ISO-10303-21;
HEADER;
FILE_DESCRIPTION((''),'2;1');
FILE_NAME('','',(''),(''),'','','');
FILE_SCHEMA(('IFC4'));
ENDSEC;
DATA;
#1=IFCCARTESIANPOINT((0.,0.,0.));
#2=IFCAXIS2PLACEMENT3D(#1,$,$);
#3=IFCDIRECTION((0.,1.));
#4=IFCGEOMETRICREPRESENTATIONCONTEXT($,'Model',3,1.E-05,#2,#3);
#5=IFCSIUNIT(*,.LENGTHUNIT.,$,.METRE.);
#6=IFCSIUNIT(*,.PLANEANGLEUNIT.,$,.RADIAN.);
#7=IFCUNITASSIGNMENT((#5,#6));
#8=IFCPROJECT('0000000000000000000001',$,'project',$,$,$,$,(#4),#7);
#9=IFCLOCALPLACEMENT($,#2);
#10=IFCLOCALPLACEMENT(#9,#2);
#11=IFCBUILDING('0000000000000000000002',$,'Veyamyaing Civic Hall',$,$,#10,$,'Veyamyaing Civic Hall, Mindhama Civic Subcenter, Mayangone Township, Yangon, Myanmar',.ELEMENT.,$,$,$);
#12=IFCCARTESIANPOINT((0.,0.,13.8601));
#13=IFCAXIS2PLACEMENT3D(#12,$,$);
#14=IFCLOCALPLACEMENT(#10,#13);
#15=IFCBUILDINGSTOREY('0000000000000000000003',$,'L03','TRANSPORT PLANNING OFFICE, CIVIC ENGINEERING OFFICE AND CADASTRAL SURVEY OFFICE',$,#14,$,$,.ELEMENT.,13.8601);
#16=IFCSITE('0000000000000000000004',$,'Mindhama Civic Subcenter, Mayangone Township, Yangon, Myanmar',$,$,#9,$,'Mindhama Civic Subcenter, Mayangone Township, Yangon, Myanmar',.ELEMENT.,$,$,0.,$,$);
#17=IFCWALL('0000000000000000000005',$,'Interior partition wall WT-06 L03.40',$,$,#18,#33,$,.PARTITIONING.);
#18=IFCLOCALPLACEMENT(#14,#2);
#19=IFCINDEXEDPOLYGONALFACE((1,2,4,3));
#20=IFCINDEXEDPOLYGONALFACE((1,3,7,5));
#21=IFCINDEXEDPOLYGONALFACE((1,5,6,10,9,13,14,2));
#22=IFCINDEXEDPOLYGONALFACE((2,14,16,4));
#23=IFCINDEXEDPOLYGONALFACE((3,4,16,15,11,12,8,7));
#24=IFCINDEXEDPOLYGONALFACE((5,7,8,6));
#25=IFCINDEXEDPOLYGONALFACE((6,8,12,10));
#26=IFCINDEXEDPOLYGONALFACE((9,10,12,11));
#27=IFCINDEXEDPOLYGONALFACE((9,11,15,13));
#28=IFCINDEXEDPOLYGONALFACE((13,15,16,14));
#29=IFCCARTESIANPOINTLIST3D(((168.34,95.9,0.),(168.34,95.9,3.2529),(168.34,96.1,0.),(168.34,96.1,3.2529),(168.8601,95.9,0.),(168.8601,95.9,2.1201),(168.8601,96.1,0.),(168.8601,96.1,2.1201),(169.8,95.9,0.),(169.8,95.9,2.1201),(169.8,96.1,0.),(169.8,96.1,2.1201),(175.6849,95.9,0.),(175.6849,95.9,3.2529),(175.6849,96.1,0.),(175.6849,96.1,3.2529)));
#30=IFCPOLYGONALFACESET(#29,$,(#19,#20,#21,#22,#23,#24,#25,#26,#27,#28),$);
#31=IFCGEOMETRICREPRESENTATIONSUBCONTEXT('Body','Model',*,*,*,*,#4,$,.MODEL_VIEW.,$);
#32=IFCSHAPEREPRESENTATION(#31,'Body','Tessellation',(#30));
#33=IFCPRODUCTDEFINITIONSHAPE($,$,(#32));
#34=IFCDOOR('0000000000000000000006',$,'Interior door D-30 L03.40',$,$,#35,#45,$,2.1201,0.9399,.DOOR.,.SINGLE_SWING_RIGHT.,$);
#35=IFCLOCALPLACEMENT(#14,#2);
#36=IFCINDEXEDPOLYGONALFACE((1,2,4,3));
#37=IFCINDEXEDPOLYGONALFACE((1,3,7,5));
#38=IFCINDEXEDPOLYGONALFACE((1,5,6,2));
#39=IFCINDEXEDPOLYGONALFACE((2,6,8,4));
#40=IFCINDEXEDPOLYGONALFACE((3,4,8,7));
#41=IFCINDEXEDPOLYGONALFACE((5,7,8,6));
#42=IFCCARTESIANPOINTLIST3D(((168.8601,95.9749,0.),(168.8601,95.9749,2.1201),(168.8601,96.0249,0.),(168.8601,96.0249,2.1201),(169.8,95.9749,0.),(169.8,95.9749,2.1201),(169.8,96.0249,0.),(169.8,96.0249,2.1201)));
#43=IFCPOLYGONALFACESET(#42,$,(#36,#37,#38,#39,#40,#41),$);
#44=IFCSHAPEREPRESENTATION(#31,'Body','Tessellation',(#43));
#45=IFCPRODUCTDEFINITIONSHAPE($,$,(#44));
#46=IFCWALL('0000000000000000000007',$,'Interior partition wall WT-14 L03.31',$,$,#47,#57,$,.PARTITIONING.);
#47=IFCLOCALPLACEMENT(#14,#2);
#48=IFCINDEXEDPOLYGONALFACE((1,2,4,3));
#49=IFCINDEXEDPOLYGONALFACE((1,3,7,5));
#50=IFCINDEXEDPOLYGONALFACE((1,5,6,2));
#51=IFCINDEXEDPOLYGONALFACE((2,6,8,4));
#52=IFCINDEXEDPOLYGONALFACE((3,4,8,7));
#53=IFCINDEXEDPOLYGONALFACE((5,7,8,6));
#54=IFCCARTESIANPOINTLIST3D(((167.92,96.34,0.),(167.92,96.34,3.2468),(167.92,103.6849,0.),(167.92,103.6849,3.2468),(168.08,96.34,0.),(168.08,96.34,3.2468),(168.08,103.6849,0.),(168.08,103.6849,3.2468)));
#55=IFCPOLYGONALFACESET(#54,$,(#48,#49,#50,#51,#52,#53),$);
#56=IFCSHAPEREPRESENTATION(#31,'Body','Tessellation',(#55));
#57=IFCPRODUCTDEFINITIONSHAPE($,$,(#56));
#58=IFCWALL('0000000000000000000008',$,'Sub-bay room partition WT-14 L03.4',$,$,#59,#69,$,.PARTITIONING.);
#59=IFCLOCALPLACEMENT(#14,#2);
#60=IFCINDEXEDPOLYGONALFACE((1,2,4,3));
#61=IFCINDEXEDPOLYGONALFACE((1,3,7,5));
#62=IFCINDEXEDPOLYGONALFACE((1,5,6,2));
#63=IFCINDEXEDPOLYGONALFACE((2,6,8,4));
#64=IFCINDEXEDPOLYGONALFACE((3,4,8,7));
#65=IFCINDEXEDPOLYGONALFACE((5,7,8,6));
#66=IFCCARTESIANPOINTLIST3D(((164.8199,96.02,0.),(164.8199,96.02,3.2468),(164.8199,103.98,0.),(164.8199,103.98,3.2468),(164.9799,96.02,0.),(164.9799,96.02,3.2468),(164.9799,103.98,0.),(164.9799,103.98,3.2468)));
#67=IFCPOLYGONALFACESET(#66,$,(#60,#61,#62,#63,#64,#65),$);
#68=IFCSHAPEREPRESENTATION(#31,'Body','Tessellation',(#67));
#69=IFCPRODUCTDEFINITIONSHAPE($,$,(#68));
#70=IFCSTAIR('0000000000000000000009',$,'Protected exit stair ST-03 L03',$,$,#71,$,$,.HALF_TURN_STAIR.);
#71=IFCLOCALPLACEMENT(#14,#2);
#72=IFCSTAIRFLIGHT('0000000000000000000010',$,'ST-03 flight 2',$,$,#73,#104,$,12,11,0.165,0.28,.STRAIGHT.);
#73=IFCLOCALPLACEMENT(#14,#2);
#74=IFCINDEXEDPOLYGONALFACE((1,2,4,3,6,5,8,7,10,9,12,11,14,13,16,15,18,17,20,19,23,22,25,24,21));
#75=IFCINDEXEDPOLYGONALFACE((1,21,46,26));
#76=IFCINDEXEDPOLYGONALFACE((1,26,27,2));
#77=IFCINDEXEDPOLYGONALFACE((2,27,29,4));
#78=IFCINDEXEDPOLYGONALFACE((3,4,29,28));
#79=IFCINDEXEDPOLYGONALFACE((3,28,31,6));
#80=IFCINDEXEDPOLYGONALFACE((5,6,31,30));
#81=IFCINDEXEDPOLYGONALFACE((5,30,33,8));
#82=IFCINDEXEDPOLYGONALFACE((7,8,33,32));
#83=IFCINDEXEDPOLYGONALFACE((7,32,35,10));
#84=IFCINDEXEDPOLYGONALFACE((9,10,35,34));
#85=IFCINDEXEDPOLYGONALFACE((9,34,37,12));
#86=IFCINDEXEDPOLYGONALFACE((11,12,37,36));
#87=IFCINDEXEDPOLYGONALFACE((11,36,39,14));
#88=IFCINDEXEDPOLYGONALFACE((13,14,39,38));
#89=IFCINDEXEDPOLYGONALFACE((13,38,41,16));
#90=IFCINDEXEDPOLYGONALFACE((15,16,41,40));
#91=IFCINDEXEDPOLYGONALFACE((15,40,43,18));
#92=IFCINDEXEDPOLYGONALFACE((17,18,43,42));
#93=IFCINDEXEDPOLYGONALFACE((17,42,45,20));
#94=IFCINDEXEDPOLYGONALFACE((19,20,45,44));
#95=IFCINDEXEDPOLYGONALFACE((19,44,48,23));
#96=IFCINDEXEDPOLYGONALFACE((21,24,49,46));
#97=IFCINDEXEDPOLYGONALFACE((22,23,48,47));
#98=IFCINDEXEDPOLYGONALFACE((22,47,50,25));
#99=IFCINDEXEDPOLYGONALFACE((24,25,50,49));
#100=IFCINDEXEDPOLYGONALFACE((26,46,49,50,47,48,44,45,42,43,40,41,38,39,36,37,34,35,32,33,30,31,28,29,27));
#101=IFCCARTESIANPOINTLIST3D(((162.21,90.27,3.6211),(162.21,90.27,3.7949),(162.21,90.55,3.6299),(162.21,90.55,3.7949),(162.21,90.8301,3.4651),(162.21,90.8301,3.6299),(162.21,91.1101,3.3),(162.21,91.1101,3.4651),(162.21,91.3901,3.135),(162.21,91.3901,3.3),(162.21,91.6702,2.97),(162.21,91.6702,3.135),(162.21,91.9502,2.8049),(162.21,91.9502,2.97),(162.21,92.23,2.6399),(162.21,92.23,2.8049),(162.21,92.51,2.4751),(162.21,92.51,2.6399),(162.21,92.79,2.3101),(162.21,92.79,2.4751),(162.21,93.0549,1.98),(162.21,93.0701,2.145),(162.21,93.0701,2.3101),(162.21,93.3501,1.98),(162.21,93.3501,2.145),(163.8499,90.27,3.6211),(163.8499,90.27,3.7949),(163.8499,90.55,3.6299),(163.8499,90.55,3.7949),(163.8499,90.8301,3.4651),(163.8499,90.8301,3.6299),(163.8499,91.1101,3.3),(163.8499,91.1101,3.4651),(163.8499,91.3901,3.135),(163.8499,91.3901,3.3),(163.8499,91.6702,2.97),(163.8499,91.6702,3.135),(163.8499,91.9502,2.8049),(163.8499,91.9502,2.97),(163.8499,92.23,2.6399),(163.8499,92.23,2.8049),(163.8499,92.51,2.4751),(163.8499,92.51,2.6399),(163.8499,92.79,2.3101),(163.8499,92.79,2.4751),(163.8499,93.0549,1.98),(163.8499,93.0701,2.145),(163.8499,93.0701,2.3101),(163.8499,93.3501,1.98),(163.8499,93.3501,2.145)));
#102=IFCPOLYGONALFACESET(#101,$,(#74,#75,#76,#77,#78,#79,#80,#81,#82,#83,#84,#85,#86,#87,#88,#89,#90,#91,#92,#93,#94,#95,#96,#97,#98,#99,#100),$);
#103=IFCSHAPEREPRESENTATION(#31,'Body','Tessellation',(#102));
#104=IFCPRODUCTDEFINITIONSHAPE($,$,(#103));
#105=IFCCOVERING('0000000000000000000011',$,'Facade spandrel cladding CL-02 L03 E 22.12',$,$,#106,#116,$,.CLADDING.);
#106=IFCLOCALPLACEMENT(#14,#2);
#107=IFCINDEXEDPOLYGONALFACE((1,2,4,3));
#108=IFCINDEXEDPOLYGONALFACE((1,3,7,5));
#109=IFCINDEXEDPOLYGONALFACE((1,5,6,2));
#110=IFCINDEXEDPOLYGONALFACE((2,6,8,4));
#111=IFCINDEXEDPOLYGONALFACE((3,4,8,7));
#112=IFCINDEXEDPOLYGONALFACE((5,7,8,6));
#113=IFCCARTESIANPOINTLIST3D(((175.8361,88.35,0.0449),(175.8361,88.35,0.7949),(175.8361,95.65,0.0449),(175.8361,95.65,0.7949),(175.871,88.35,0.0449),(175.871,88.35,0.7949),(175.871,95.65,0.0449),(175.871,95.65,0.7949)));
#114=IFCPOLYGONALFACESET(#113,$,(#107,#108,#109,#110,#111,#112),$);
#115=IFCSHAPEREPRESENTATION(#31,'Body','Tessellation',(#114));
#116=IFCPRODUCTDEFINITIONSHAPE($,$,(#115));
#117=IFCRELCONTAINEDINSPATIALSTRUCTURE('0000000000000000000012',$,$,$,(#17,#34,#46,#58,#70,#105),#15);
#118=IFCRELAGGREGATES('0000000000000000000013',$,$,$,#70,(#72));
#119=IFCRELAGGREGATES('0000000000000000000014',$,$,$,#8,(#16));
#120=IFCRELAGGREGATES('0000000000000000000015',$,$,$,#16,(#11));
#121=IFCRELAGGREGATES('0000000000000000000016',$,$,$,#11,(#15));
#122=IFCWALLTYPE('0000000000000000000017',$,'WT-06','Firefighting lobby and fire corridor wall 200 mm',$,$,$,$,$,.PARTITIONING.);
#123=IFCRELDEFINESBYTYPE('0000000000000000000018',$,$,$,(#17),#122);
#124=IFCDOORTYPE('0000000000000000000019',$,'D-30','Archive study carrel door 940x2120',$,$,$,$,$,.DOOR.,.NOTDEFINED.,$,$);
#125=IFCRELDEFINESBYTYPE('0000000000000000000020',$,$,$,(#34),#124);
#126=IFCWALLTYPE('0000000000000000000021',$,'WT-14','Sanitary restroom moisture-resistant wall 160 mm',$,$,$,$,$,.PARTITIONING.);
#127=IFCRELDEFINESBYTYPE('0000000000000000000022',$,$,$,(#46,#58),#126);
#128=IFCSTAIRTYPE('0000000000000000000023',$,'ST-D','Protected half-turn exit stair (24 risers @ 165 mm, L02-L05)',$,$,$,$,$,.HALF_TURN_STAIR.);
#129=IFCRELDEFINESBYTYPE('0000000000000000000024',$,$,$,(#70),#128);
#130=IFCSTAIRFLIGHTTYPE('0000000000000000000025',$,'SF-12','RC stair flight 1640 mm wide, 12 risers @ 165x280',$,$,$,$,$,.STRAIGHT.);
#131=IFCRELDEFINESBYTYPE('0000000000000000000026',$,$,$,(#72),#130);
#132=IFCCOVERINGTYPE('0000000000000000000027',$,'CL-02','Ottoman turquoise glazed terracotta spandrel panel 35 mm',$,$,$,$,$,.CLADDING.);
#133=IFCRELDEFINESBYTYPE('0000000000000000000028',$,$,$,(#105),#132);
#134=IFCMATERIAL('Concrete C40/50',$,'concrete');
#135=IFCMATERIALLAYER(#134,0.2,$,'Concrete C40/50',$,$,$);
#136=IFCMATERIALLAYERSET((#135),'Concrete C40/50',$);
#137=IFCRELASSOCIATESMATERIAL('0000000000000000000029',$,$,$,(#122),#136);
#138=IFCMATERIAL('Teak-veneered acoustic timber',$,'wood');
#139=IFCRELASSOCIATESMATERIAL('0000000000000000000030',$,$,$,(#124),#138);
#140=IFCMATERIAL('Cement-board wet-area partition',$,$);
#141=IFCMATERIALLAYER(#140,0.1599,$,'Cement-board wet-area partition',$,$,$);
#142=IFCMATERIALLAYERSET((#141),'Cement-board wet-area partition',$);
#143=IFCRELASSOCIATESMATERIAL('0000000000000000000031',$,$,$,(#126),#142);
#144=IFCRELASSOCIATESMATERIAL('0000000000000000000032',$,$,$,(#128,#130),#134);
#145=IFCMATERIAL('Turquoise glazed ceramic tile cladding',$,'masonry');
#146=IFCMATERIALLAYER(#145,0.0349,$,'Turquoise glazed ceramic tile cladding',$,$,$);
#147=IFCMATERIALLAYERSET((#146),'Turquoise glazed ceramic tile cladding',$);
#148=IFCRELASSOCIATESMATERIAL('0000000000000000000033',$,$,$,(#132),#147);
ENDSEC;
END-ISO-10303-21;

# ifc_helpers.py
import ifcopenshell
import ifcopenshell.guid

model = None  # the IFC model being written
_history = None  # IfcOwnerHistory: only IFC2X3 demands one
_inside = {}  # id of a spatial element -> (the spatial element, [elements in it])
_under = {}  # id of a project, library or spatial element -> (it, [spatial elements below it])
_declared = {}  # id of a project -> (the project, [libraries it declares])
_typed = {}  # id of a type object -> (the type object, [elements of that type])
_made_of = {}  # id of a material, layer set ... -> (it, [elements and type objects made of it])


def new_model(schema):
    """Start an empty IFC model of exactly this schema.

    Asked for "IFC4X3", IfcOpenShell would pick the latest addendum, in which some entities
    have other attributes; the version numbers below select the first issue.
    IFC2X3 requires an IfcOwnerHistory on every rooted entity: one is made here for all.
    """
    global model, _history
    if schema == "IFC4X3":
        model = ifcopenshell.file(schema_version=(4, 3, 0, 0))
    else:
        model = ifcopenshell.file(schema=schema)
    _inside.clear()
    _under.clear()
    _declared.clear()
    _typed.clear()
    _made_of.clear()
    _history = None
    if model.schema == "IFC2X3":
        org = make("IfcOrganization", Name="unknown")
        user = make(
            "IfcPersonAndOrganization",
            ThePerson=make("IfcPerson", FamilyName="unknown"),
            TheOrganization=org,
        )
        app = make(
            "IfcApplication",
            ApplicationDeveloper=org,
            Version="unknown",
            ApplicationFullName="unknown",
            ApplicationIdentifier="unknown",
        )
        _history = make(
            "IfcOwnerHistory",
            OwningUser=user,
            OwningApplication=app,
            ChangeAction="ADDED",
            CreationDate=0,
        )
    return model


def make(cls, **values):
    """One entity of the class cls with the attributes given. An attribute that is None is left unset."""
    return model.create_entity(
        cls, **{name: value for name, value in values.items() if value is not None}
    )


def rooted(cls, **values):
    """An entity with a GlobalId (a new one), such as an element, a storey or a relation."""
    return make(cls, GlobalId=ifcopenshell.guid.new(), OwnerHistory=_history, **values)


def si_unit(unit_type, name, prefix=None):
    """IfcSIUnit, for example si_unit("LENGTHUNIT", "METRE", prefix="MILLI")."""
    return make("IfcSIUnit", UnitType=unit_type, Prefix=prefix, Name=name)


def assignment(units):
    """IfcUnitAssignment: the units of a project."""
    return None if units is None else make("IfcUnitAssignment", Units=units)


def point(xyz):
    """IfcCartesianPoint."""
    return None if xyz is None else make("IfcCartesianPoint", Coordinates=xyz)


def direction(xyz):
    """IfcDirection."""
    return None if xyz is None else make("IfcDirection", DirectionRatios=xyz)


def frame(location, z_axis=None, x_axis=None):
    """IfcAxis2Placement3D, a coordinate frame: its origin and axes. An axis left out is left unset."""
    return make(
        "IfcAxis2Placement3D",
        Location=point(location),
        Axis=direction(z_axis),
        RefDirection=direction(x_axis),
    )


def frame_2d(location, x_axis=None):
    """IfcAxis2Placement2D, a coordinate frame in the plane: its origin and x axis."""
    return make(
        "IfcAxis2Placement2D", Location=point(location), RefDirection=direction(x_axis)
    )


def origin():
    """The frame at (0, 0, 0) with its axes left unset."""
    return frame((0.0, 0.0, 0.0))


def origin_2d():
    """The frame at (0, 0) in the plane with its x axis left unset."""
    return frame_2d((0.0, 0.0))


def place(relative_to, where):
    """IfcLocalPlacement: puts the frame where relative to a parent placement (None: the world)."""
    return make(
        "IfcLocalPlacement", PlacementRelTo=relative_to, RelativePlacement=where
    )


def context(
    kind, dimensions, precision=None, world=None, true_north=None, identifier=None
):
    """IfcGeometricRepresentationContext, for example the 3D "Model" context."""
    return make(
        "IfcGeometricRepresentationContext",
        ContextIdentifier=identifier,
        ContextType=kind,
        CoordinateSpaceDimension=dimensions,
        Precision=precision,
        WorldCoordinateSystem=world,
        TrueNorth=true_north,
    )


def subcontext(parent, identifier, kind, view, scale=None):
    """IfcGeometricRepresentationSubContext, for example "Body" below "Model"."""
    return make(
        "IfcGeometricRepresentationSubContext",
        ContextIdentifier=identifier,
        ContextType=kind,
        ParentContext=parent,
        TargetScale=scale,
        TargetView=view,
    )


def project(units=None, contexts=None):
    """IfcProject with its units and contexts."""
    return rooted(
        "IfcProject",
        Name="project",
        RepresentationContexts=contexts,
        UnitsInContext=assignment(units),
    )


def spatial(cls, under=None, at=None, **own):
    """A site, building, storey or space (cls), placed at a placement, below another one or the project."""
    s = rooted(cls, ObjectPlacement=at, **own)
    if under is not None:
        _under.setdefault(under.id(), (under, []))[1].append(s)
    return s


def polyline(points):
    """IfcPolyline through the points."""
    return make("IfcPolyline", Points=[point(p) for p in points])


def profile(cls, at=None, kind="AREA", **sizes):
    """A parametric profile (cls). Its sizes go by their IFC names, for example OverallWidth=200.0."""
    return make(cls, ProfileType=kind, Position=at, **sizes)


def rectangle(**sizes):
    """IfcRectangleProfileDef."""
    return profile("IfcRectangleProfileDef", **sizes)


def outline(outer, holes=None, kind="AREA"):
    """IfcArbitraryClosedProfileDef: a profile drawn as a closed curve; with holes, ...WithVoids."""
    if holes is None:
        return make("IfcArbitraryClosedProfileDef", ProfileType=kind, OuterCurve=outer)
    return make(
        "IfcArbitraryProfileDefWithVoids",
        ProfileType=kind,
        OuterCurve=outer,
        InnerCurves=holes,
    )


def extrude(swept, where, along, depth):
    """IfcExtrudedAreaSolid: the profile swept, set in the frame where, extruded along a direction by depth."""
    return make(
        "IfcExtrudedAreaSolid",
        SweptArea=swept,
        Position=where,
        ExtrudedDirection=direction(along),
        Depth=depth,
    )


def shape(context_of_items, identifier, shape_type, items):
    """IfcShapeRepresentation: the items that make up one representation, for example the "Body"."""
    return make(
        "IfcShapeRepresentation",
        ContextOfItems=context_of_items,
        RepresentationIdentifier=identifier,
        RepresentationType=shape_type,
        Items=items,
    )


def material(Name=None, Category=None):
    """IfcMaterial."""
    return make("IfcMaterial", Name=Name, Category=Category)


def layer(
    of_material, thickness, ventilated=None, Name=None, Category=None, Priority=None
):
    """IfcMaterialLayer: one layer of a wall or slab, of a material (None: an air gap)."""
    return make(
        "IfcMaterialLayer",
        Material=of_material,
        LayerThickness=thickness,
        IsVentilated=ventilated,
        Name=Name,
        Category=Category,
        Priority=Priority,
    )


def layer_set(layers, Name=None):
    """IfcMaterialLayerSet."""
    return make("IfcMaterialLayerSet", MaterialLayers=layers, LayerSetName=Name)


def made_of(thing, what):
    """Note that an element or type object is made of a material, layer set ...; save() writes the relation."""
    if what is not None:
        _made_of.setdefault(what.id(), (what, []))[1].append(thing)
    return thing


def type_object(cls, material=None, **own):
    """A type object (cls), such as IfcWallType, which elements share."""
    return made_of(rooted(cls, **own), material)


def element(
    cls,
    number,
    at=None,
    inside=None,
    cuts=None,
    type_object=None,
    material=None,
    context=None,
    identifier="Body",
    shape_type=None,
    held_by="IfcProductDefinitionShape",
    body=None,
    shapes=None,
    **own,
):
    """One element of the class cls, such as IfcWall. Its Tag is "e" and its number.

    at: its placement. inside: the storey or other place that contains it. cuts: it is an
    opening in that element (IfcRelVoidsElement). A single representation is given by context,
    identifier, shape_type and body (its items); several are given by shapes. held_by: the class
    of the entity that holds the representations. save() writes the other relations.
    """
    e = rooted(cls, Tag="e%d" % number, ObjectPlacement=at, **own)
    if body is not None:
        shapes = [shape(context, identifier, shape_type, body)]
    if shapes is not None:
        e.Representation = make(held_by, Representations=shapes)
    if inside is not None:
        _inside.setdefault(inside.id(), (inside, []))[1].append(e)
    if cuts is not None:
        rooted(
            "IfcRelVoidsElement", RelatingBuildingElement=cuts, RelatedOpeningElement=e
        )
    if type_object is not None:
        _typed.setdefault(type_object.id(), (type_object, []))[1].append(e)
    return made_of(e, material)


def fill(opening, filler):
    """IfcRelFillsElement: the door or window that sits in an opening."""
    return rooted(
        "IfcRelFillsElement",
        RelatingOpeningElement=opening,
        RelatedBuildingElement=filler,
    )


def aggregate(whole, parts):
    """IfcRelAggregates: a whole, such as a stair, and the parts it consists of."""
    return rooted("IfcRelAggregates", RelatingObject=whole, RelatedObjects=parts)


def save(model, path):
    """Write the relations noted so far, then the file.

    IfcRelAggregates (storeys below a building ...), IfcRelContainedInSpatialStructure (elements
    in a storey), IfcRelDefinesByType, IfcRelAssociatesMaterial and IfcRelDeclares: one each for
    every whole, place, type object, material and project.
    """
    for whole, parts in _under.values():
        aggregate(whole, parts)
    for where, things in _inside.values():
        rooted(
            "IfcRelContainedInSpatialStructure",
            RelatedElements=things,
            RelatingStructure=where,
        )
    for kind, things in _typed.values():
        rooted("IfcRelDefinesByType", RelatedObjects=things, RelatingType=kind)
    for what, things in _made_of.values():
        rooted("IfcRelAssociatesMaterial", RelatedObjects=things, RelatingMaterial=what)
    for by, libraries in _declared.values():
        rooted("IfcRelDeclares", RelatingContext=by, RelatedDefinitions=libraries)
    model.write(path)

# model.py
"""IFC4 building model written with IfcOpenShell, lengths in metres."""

from ifc_helpers import new_model, si_unit, direction, frame, frame_2d, origin, origin_2d, place, context, subcontext, project, spatial, polyline, rectangle, outline, extrude, material, layer, layer_set, type_object, element, fill, aggregate, save


model = new_model("IFC4")

# Units and contexts
model_context = context("Model", 3, precision=1e-05, world=origin(), true_north=direction((0.0, 1.0)))
body_context = subcontext(model_context, "Body", "Model", "MODEL_VIEW")
ifc_project = project(units=[si_unit("LENGTHUNIT", "METRE"), si_unit("PLANEANGLEUNIT", "RADIAN")], contexts=[model_context])

# Site, building, storey
site_placement = place(None, origin())
site = spatial("IfcSite", under=ifc_project, at=site_placement, Name="Mindhama Civic Subcenter, Mayangone Township, Yangon, Myanmar", LongName="Mindhama Civic Subcenter, Mayangone Township, Yangon, Myanmar", CompositionType="ELEMENT", RefElevation=0.0)
building_placement = place(site_placement, origin())
building = spatial("IfcBuilding", under=site, at=building_placement, Name="Veyamyaing Civic Hall", LongName="Veyamyaing Civic Hall, Mindhama Civic Subcenter, Mayangone Township, Yangon, Myanmar", CompositionType="ELEMENT")
storey_placement = place(building_placement, frame((0.0, 0.0, 13.8601)))
storey = spatial("IfcBuildingStorey", under=building, at=storey_placement, Name="L03", Description="TRANSPORT PLANNING OFFICE, CIVIC ENGINEERING OFFICE AND CADASTRAL SURVEY OFFICE", CompositionType="ELEMENT", Elevation=13.8601)

# Wall, opening, door
ifc_material_1 = material(Name="Concrete C40/50", Category="concrete")
ifc_layer_1 = layer(ifc_material_1, 0.2, Name="Concrete C40/50")
ifc_layer_set_1 = layer_set([ifc_layer_1], Name="Concrete C40/50")
wall_type_1 = type_object("IfcWallType", Name="WT-06", Description="Firefighting lobby and fire corridor wall 200 mm", PredefinedType="PARTITIONING", material=ifc_layer_set_1)
wall_1_placement = place(storey_placement, frame((168.3401, 96.0, 0.0), z_axis=(0.0, 0.0, 1.0), x_axis=(1.0, 0.0, 0.0)))
wall_1 = element("IfcWall", 1, at=wall_1_placement, inside=storey, type_object=wall_type_1, Name="Interior partition wall WT-06 L03.40", PredefinedType="PARTITIONING", context=body_context, shape_type="SweptSolid", body=[
    extrude(rectangle(XDim=7.345, YDim=0.2, at=frame_2d((3.6724, 0.0))), origin(), (0.0, 0.0, 1.0), 3.2529),
])
opening_1_placement = place(wall_1_placement, frame((0.52, 0.0, 0.0)))
opening_1 = element("IfcOpeningElement", 2, at=opening_1_placement, cuts=wall_1, PredefinedType="OPENING", context=body_context, shape_type="SweptSolid", body=[
    extrude(rectangle(XDim=0.9399, YDim=2.1201, at=frame_2d((0.47, 1.0601))), frame((0.0, 0.1099, 0.0), z_axis=(0.0, -1.0, 0.0), x_axis=(1.0, 0.0, 0.0)), (0.0, 0.0, 1.0), 0.22),
])
ifc_material_2 = material(Name="Teak-veneered acoustic timber", Category="wood")
door_type_1 = type_object("IfcDoorType", Name="D-30", Description="Archive study carrel door 940x2120", OperationType="NOTDEFINED", PredefinedType="DOOR", material=ifc_material_2)
door_1_placement = place(opening_1_placement, origin())
door_1 = element("IfcDoor", 3, at=door_1_placement, inside=storey, type_object=door_type_1, Name="Interior door D-30 L03.40", OperationType="SINGLE_SWING_RIGHT", OverallHeight=2.1201, OverallWidth=0.9399, PredefinedType="DOOR", context=body_context, shape_type="SweptSolid", body=[
    extrude(rectangle(XDim=0.9399, YDim=2.1201, at=frame_2d((0.47, 1.0601))), frame((0.0, 0.0249, 0.0), z_axis=(0.0, -1.0, 0.0), x_axis=(1.0, 0.0, 0.0)), (0.0, 0.0, 1.0), 0.05),
])
fill(opening_1, door_1)

# Walls
ifc_material_3 = material(Name="Cement-board wet-area partition")
ifc_layer_2 = layer(ifc_material_3, 0.1599, Name="Cement-board wet-area partition")
ifc_layer_set_2 = layer_set([ifc_layer_2], Name="Cement-board wet-area partition")
wall_type_2 = type_object("IfcWallType", Name="WT-14", Description="Sanitary restroom moisture-resistant wall 160 mm", PredefinedType="PARTITIONING", material=ifc_layer_set_2)
wall_2_placement = place(storey_placement, frame((168.0, 96.3401, 0.0), z_axis=(0.0, 0.0, 1.0), x_axis=(0.0, 1.0, 0.0)))
element("IfcWall", 4, at=wall_2_placement, inside=storey, type_object=wall_type_2, Name="Interior partition wall WT-14 L03.31", PredefinedType="PARTITIONING", context=body_context, shape_type="SweptSolid", body=[
    extrude(rectangle(XDim=7.345, YDim=0.1599, at=frame_2d((3.6724, 0.0))), origin(), (0.0, 0.0, 1.0), 3.2468),
])
wall_3_placement = place(storey_placement, frame((164.8999, 96.02, 0.0), z_axis=(0.0, 0.0, 1.0), x_axis=(0.0, 1.0, 0.0)))
element("IfcWall", 5, at=wall_3_placement, inside=storey, type_object=wall_type_2, Name="Sub-bay room partition WT-14 L03.4", PredefinedType="PARTITIONING", context=body_context, shape_type="SweptSolid", body=[
    extrude(rectangle(XDim=7.96, YDim=0.1599, at=frame_2d((3.98, 0.0))), origin(), (0.0, 0.0, 1.0), 3.2468),
])

# Stair, stair flight
stair_type = type_object("IfcStairType", Name="ST-D", Description="Protected half-turn exit stair (24 risers @ 165 mm, L02-L05)", PredefinedType="HALF_TURN_STAIR", material=ifc_material_1)
stair_placement = place(storey_placement, origin())
stair = element("IfcStair", 6, at=stair_placement, inside=storey, type_object=stair_type, Name="Protected exit stair ST-03 L03", PredefinedType="HALF_TURN_STAIR")
stair_flight_type = type_object("IfcStairFlightType", Name="SF-12", Description="RC stair flight 1640 mm wide, 12 risers @ 165x280", PredefinedType="STRAIGHT", material=ifc_material_1)
stair_flight_placement = place(storey_placement, frame((163.03, 93.3501, 1.98), z_axis=(0.0, 0.0, 1.0), x_axis=(0.0, -1.0, 0.0)))
stair_flight = element("IfcStairFlight", 7, at=stair_flight_placement, type_object=stair_flight_type, Name="ST-03 flight 2", NumberOfRisers=12, NumberOfTreads=11, PredefinedType="STRAIGHT", RiserHeight=0.165, TreadLength=0.28, context=body_context, shape_type="SweptSolid", body=[
    extrude(outline(polyline([(0.0, 0.0), (0.0, 0.165), (0.28, 0.165), (0.28, 0.3301), (0.5601, 0.3301), (0.5601, 0.4951), (0.8401, 0.4951), (0.8401, 0.6599), (1.1201, 0.6599), (1.1201, 0.825), (1.3999, 0.825), (1.3999, 0.99), (1.6799, 0.99), (1.6799, 1.155), (1.96, 1.155), (1.96, 1.3201), (2.24, 1.3201), (2.24, 1.4851), (2.52, 1.4851), (2.52, 1.6499), (2.8, 1.6499), (2.8, 1.8149), (3.0801, 1.8149), (3.0801, 1.98), (3.0801, 1.6411), (0.2952, 0.0), (0.0, 0.0)])), frame((0.0, 0.8198, 0.0), z_axis=(0.0, -1.0, 0.0), x_axis=(1.0, 0.0, 0.0)), (0.0, 0.0, 1.0), 1.6399),
])
aggregate(stair, [stair_flight])

# Covering
ifc_material_4 = material(Name="Turquoise glazed ceramic tile cladding", Category="masonry")
ifc_layer_3 = layer(ifc_material_4, 0.0349, Name="Turquoise glazed ceramic tile cladding")
ifc_layer_set_3 = layer_set([ifc_layer_3], Name="Turquoise glazed ceramic tile cladding")
covering_type = type_object("IfcCoveringType", Name="CL-02", Description="Ottoman turquoise glazed terracotta spandrel panel 35 mm", PredefinedType="CLADDING", material=ifc_layer_set_3)
covering_placement = place(storey_placement, frame((175.8535, 92.0, 0.0449), z_axis=(0.0, 0.0, 1.0), x_axis=(0.0, 1.0, 0.0)))
element("IfcCovering", 8, at=covering_placement, inside=storey, type_object=covering_type, Name="Facade spandrel cladding CL-02 L03 E 22.12", PredefinedType="CLADDING", context=body_context, shape_type="SweptSolid", body=[
    extrude(rectangle(XDim=7.3, YDim=0.0349, at=origin_2d()), origin(), (0.0, 0.0, 1.0), 0.75),
])

save(model, "model.ifc")
